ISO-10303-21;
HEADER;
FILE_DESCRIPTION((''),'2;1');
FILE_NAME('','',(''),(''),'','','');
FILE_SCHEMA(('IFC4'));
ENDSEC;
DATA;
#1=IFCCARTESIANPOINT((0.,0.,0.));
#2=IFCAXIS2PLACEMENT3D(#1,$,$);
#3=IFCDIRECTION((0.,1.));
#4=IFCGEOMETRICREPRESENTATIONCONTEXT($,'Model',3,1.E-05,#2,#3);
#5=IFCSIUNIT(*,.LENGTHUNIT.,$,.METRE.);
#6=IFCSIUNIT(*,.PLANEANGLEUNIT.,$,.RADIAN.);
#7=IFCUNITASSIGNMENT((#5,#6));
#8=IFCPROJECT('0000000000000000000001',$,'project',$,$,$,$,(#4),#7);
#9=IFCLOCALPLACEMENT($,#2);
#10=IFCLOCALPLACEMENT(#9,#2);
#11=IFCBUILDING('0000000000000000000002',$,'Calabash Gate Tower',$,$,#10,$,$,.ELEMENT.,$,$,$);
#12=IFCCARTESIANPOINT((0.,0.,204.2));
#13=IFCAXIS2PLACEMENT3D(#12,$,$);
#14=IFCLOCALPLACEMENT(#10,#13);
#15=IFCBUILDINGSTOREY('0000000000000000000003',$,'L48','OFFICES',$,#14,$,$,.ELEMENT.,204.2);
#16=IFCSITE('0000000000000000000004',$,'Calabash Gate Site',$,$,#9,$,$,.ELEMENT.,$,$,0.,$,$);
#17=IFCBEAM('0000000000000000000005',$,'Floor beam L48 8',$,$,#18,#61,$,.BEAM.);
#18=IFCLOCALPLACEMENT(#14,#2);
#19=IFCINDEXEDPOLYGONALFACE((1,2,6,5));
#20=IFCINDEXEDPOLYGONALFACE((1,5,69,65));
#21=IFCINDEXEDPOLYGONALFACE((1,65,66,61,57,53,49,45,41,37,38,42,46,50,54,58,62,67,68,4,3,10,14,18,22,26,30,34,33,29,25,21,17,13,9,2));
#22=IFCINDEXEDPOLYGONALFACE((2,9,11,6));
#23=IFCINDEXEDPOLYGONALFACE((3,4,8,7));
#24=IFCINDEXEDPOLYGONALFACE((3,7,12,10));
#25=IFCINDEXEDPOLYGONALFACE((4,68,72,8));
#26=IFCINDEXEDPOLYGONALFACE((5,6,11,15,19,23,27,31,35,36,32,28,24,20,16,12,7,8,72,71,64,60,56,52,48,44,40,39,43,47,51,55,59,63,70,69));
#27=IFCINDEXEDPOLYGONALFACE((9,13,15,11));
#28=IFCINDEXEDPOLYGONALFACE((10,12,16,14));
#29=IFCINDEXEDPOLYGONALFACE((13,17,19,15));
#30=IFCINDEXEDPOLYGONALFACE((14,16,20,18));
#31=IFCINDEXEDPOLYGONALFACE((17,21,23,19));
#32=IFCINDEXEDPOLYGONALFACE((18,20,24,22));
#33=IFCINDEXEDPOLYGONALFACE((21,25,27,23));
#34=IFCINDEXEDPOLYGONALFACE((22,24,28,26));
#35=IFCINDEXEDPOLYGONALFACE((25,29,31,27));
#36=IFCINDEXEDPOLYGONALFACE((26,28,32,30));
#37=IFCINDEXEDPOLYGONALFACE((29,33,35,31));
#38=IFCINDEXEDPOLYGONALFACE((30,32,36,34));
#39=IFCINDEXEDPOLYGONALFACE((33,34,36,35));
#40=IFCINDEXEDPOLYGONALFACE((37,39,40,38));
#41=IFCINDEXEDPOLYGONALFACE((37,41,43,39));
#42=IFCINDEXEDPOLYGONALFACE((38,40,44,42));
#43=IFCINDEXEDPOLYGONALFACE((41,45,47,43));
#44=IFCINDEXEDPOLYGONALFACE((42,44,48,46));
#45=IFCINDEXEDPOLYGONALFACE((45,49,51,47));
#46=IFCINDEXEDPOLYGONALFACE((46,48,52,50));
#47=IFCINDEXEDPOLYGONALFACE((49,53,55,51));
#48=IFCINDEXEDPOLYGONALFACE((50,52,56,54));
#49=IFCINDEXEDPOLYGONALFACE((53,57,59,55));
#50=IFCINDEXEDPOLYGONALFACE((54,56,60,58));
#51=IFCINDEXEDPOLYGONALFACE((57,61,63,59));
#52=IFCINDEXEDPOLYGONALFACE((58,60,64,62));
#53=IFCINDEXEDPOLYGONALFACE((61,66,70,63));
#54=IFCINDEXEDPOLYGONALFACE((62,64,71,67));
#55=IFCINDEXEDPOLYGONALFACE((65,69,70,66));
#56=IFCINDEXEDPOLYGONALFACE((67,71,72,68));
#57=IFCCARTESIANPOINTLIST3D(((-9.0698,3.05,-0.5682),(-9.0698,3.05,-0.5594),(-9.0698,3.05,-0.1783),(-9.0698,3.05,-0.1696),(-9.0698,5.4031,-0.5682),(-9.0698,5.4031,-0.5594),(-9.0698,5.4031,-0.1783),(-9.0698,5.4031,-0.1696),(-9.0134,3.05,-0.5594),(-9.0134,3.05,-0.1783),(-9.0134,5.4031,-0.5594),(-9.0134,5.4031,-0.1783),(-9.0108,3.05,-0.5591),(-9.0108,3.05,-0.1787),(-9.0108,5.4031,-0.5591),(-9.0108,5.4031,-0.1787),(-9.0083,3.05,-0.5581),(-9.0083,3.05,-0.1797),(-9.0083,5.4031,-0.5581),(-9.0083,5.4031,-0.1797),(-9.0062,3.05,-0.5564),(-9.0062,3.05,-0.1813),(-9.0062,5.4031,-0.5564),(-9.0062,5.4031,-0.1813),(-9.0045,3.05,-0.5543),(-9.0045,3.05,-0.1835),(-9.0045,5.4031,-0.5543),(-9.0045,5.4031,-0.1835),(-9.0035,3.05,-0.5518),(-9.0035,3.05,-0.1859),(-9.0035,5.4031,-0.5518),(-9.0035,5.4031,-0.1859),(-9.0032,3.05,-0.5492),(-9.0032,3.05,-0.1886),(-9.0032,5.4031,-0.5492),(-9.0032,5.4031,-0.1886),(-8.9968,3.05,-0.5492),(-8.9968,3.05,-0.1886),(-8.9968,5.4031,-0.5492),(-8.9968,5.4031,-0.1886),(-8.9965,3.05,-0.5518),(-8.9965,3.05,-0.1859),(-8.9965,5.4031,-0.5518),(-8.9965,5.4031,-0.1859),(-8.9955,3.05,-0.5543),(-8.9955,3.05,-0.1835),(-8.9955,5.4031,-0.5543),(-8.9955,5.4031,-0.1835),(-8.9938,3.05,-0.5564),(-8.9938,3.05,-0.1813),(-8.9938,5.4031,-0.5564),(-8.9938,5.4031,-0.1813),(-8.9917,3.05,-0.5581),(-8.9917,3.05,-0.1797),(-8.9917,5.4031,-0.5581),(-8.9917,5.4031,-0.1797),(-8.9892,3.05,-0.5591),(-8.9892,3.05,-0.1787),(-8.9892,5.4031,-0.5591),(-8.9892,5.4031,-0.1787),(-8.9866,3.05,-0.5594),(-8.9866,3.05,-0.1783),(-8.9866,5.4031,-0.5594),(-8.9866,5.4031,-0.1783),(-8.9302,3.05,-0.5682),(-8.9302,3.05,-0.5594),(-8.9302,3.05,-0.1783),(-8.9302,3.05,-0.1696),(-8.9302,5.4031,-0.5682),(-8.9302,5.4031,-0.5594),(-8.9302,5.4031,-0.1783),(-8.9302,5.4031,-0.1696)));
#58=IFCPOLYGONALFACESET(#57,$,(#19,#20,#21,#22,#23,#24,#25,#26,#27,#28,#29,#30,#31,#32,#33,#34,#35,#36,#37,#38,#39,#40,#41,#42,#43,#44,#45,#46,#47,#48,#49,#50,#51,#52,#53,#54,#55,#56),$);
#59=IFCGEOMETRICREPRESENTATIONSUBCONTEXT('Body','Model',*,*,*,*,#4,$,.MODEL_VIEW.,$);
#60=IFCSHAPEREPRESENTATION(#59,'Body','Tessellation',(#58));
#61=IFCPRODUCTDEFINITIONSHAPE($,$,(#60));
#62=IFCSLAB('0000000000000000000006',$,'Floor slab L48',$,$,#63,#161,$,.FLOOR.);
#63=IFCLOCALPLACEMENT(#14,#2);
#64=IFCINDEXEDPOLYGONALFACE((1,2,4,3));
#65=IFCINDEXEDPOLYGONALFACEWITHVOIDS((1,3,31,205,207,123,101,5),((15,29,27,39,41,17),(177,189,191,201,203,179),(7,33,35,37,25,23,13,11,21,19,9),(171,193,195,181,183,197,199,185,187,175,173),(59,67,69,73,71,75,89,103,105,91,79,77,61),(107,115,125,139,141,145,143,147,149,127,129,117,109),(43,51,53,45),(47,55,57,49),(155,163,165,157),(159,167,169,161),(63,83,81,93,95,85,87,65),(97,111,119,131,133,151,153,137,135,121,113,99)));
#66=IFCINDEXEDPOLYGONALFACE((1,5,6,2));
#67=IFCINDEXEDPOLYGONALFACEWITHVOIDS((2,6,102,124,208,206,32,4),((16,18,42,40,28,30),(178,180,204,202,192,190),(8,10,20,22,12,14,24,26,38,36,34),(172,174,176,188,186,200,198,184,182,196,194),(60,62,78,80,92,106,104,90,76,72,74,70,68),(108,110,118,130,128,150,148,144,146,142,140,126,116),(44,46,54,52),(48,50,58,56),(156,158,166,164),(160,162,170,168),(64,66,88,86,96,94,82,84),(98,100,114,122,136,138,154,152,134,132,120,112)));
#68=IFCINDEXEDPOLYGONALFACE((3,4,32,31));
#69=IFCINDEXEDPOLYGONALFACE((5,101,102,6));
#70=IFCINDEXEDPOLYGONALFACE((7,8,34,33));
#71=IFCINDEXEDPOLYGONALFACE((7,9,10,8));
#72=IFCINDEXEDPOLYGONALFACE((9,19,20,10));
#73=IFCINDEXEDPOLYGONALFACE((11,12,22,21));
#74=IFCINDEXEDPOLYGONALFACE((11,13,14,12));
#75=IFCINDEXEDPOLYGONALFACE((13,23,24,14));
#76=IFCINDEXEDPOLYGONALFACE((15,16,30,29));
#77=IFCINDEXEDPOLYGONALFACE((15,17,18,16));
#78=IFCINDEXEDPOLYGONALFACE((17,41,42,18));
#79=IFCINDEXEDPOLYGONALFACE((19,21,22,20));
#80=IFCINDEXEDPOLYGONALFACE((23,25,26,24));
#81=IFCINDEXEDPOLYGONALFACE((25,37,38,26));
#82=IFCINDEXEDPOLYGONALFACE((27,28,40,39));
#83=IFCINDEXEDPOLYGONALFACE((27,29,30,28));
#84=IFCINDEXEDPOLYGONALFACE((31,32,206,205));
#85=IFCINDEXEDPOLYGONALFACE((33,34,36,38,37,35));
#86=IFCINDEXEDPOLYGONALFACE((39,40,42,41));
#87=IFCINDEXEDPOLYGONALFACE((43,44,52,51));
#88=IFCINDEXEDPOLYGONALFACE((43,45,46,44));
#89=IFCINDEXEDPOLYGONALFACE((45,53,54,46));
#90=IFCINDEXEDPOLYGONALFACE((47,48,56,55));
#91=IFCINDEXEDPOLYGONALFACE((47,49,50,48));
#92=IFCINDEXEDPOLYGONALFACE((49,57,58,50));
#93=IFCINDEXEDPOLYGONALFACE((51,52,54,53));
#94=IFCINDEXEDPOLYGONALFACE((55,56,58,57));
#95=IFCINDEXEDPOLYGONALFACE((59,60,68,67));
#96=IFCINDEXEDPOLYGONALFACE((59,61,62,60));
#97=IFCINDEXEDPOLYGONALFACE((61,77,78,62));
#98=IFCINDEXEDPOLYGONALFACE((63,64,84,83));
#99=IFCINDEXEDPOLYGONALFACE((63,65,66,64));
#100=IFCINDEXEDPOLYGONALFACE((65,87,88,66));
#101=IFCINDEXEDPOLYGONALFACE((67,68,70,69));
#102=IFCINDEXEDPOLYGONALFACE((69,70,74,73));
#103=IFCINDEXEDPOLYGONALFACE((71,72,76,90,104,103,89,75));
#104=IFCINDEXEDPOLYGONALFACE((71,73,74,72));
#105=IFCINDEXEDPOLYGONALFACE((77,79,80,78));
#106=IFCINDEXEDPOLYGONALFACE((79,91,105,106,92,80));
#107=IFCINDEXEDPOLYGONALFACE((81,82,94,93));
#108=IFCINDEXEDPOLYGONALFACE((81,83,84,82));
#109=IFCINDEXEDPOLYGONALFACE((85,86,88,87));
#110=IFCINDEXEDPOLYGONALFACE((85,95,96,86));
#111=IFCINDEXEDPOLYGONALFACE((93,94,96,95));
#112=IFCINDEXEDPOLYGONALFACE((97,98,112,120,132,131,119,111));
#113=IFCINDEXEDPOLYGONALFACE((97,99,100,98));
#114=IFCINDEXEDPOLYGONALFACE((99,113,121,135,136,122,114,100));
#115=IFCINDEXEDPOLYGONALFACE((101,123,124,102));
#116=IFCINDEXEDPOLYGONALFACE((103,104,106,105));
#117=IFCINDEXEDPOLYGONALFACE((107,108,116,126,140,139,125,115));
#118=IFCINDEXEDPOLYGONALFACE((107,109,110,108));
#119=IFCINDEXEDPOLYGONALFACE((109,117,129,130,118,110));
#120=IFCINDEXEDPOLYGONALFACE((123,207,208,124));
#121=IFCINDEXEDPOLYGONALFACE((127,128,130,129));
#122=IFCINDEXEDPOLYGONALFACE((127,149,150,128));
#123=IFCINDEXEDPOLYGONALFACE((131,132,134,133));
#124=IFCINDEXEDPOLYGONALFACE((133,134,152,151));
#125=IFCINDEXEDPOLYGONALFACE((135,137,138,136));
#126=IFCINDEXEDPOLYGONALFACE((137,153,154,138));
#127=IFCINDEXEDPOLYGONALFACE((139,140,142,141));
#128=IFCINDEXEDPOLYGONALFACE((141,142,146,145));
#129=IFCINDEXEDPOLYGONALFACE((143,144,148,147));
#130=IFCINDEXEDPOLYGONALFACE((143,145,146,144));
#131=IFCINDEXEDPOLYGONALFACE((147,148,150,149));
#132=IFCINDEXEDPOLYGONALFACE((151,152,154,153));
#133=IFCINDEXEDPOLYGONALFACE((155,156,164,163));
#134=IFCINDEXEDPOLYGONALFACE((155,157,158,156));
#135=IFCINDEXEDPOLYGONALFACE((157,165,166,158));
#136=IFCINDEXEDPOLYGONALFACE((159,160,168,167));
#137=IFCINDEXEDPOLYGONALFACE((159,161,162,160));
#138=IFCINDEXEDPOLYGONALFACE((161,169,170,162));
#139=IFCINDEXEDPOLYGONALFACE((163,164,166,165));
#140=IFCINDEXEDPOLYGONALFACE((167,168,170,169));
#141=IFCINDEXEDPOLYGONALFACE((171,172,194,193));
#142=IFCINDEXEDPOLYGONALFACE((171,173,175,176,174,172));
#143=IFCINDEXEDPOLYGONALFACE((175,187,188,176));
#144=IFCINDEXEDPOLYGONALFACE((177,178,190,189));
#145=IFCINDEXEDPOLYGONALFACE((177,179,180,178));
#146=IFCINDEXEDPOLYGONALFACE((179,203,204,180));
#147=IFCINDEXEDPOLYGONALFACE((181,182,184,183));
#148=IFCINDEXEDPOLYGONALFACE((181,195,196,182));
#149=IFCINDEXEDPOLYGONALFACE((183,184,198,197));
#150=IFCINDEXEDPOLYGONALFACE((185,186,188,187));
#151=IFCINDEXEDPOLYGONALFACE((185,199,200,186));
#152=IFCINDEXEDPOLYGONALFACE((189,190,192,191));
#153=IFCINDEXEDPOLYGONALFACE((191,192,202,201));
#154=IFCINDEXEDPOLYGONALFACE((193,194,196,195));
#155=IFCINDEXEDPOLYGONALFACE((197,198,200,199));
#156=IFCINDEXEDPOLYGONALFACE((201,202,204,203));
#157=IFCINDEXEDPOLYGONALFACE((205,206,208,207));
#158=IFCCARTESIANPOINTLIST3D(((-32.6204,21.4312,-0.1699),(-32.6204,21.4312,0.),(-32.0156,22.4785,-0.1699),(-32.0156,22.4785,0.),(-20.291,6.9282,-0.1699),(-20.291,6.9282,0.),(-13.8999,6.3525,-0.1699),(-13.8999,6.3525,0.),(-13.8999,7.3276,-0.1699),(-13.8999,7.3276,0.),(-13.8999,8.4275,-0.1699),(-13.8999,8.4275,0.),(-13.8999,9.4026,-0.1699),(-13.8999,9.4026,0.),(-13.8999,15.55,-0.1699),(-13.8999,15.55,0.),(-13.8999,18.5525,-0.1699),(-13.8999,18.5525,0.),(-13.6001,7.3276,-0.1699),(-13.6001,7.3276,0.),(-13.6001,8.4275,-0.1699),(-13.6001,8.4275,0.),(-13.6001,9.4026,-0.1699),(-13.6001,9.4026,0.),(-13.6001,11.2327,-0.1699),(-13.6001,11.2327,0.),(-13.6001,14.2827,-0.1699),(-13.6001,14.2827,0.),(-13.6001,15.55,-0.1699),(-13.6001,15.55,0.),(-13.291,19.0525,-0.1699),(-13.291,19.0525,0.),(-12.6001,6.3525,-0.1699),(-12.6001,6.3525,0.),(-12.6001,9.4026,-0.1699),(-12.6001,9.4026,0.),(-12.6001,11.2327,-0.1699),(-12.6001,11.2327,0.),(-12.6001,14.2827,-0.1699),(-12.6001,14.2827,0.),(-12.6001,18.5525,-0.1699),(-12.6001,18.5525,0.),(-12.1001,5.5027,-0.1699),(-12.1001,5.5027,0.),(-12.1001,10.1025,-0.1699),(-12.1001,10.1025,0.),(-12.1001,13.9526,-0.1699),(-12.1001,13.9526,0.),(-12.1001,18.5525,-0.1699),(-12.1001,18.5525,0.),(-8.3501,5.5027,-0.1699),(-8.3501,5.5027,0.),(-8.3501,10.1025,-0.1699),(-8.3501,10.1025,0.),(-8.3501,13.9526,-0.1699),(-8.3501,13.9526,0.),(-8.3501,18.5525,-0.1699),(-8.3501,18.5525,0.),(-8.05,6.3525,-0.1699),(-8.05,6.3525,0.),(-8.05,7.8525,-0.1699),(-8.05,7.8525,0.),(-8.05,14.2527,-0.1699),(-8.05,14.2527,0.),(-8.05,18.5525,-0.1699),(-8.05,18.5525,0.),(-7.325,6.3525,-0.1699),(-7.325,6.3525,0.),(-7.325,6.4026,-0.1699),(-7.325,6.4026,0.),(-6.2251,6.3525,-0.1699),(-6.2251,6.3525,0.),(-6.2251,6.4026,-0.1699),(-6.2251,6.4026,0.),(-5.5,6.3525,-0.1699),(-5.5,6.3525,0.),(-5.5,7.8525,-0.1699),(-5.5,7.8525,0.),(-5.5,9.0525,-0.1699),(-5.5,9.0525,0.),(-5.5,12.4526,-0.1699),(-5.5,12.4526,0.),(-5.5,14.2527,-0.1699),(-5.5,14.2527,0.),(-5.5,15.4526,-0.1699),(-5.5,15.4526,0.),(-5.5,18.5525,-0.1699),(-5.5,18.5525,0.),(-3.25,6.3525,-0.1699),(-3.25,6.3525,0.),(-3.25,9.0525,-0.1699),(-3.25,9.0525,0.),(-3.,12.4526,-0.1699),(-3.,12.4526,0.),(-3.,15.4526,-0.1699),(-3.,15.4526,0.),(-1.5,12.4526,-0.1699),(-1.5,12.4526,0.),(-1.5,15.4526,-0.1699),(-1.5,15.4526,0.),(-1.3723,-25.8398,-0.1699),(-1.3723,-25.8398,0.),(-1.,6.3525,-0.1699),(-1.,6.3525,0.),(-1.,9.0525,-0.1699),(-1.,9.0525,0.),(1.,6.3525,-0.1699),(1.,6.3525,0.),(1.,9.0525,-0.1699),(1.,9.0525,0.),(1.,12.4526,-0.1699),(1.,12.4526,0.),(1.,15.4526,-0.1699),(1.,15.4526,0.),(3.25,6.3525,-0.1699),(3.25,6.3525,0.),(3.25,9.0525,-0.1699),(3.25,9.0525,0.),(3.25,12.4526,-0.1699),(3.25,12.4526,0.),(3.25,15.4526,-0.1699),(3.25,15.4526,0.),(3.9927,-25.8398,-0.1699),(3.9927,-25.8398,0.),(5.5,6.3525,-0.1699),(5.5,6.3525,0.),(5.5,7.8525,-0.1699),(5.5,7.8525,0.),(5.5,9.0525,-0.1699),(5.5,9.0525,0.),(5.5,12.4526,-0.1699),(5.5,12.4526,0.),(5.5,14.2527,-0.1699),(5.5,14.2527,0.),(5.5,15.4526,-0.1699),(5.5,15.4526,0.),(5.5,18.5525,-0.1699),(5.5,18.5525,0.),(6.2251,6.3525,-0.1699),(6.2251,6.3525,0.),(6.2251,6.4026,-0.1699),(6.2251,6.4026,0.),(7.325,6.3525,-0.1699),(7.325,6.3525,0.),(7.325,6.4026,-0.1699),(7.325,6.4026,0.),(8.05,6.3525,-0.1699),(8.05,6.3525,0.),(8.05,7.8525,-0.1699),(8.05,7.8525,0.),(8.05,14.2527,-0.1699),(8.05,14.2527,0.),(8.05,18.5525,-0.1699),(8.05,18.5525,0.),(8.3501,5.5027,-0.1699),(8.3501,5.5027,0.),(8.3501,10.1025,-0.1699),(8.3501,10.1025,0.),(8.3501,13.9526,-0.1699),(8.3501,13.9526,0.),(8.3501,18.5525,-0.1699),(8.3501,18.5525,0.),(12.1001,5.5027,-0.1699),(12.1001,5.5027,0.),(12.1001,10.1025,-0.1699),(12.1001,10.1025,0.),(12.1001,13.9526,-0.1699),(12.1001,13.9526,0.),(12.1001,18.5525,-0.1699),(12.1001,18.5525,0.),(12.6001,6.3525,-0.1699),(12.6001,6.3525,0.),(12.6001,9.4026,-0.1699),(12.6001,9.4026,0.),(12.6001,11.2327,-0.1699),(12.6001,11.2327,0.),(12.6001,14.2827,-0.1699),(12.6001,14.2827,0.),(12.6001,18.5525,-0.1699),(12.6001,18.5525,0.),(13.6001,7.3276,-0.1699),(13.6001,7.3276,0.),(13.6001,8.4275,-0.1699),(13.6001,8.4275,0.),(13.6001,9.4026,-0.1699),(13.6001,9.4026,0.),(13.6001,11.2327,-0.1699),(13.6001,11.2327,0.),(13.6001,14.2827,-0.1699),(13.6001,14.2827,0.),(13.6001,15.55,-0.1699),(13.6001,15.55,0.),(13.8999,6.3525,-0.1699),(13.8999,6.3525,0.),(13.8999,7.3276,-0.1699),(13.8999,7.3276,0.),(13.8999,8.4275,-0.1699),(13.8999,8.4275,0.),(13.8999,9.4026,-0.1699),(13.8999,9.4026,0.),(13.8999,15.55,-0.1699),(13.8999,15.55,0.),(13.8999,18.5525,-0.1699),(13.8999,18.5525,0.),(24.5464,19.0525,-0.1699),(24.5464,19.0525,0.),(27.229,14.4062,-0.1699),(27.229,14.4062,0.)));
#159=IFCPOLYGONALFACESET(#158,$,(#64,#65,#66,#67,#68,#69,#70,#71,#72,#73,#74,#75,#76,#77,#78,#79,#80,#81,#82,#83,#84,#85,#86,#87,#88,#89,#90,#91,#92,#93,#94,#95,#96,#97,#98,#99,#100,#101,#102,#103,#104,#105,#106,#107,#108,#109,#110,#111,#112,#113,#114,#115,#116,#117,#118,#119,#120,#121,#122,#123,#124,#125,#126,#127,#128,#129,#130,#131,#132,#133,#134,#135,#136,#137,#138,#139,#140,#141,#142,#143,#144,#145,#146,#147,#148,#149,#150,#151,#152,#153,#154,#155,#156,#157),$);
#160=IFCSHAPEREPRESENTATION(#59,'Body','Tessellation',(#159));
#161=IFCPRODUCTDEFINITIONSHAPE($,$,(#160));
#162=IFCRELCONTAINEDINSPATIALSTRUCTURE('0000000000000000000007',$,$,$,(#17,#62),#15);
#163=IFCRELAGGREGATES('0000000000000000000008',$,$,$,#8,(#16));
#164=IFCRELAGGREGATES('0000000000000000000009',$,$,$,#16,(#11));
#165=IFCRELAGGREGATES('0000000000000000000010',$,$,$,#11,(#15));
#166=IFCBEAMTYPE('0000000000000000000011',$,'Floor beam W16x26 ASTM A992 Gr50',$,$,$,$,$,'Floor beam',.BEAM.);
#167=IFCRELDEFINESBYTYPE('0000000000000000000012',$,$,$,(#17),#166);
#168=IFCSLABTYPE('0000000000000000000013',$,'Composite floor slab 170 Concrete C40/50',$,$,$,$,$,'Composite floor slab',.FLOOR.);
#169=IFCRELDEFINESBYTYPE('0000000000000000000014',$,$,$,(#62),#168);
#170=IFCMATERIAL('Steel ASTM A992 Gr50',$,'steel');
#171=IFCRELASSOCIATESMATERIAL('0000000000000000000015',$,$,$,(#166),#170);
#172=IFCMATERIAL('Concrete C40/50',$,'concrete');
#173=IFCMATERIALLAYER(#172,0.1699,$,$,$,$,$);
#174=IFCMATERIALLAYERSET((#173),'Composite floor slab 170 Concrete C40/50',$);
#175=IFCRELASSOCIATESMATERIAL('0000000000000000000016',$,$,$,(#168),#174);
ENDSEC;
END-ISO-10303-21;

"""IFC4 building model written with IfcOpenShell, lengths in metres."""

from ifc_helpers import new_model, si_unit, direction, frame, origin, origin_2d, place, context, subcontext, project, spatial, polyline, i_section, outline, extrude, material, layer, layer_set, material_profile, profile_set, type_object, element, save


model = new_model("IFC4")

# Units and contexts
model_context = context("Model", 3, precision=1e-05, world=origin(), true_north=direction((0.0, 1.0)))
body_context = subcontext(model_context, "Body", "Model", "MODEL_VIEW")
ifc_project = project(units=[si_unit("LENGTHUNIT", "METRE"), si_unit("PLANEANGLEUNIT", "RADIAN")], contexts=[model_context])

# Site, building, storey
site_placement = place(None, origin())
site = spatial("IfcSite", under=ifc_project, at=site_placement, Name="Calabash Gate Site", CompositionType="ELEMENT", RefElevation=0.0)
building_placement = place(site_placement, origin())
building = spatial("IfcBuilding", under=site, at=building_placement, Name="Calabash Gate Tower", CompositionType="ELEMENT")
storey_placement = place(building_placement, frame((0.0, 0.0, 204.2)))
storey = spatial("IfcBuildingStorey", under=building, at=storey_placement, Name="L48", Description="OFFICES", CompositionType="ELEMENT", Elevation=204.2)

# Beam
ifc_material_1 = material(Name="Steel ASTM A992 Gr50", Category="steel")
ifc_material_profile = material_profile(ifc_material_1, i_section(OverallWidth=0.1396, OverallDepth=0.3987, WebThickness=0.0063, FlangeThickness=0.0088, FilletRadius=0.0103, at=origin_2d()))
ifc_profile_set = profile_set([ifc_material_profile], Name="Steel ASTM A992 Gr50")
beam_type = type_object("IfcBeamType", Name="Floor beam W16x26 ASTM A992 Gr50", ElementType="Floor beam", PredefinedType="BEAM", material=ifc_profile_set)
beam_placement = place(storey_placement, frame((-9.0, 3.05, -0.3689), z_axis=(0.0, 1.0, 0.0), x_axis=(-1.0, 0.0, 0.0)))
element("IfcBeam", 1, at=beam_placement, inside=storey, type_object=beam_type, Name="Floor beam L48 8", PredefinedType="BEAM", context=body_context, shape_type="SweptSolid", body=[
    extrude(i_section(OverallWidth=0.1396, OverallDepth=0.3987, WebThickness=0.0063, FlangeThickness=0.0088, FilletRadius=0.0103, at=origin_2d()), origin(), (0.0, 0.0, 1.0), 2.353),
])

# Slab
ifc_material_2 = material(Name="Concrete C40/50", Category="concrete")
ifc_layer_1 = layer(ifc_material_2, 0.1699)
ifc_layer_set_1 = layer_set([ifc_layer_1], Name="Composite floor slab 170 Concrete C40/50")
slab_type = type_object("IfcSlabType", Name="Composite floor slab 170 Concrete C40/50", ElementType="Composite floor slab", PredefinedType="FLOOR", material=ifc_layer_set_1)
slab_placement = place(storey_placement, frame((0.0, 0.0, -0.1699)))
element("IfcSlab", 2, at=slab_placement, inside=storey, type_object=slab_type, Name="Floor slab L48", PredefinedType="FLOOR", context=body_context, shape_type="SweptSolid", body=[
    extrude(outline(polyline([(3.9927, -25.8398), (-1.3723, -25.8398), (-20.291, 6.9282), (-32.6204, 21.4312), (-32.0156, 22.4785), (-13.291, 19.0525), (24.5464, 19.0525), (27.229, 14.4062), (3.9927, -25.8398)]), holes=[polyline([(-7.325, 6.3525), (-7.325, 6.4026), (-6.2251, 6.4026), (-6.2251, 6.3525), (-5.5, 6.3525), (-3.25, 6.3525), (-1.0, 6.3525), (-1.0, 9.0525), (-3.25, 9.0525), (-5.5, 9.0525), (-5.5, 7.8525), (-8.05, 7.8525), (-8.05, 6.3525), (-7.325, 6.3525)]), polyline([(8.05, 6.3525), (8.05, 7.8525), (5.5, 7.8525), (5.5, 9.0525), (3.25, 9.0525), (1.0, 9.0525), (1.0, 6.3525), (3.25, 6.3525), (5.5, 6.3525), (6.2251, 6.3525), (6.2251, 6.4026), (7.325, 6.4026), (7.325, 6.3525), (8.05, 6.3525)]), polyline([(-8.05, 18.5525), (-8.05, 14.2527), (-5.5, 14.2527), (-5.5, 12.4526), (-3.0, 12.4526), (-3.0, 15.4526), (-5.5, 15.4526), (-5.5, 18.5525), (-8.05, 18.5525)]), polyline([(5.5, 14.2527), (8.05, 14.2527), (8.05, 18.5525), (5.5, 18.5525), (5.5, 15.4526), (3.25, 15.4526), (1.0, 15.4526), (-1.5, 15.4526), (-1.5, 12.4526), (1.0, 12.4526), (3.25, 12.4526), (5.5, 12.4526), (5.5, 14.2527)]), polyline([(-12.1001, 13.9526), (-8.3501, 13.9526), (-8.3501, 18.5525), (-12.1001, 18.5525), (-12.1001, 13.9526)]), polyline([(-8.3501, 5.5027), (-8.3501, 10.1025), (-12.1001, 10.1025), (-12.1001, 5.5027), (-8.3501, 5.5027)]), polyline([(12.1001, 18.5525), (8.3501, 18.5525), (8.3501, 13.9526), (12.1001, 13.9526), (12.1001, 18.5525)]), polyline([(8.3501, 10.1025), (8.3501, 5.5027), (12.1001, 5.5027), (12.1001, 10.1025), (8.3501, 10.1025)]), polyline([(-13.8999, 6.3525), (-12.6001, 6.3525), (-12.6001, 9.4026), (-12.6001, 11.2327), (-13.6001, 11.2327), (-13.6001, 9.4026), (-13.8999, 9.4026), (-13.8999, 8.4275), (-13.6001, 8.4275), (-13.6001, 7.3276), (-13.8999, 7.3276), (-13.8999, 6.3525)]), polyline([(-13.6001, 14.2827), (-12.6001, 14.2827), (-12.6001, 18.5525), (-13.8999, 18.5525), (-13.8999, 15.55), (-13.6001, 15.55), (-13.6001, 14.2827)]), polyline([(13.6001, 7.3276), (13.6001, 8.4275), (13.8999, 8.4275), (13.8999, 9.4026), (13.6001, 9.4026), (13.6001, 11.2327), (12.6001, 11.2327), (12.6001, 9.4026), (12.6001, 6.3525), (13.8999, 6.3525), (13.8999, 7.3276), (13.6001, 7.3276)]), polyline([(12.6001, 14.2827), (13.6001, 14.2827), (13.6001, 15.55), (13.8999, 15.55), (13.8999, 18.5525), (12.6001, 18.5525), (12.6001, 14.2827)])]), origin(), (0.0, 0.0, 1.0), 0.1699),
])

save(model, "model.ifc")
